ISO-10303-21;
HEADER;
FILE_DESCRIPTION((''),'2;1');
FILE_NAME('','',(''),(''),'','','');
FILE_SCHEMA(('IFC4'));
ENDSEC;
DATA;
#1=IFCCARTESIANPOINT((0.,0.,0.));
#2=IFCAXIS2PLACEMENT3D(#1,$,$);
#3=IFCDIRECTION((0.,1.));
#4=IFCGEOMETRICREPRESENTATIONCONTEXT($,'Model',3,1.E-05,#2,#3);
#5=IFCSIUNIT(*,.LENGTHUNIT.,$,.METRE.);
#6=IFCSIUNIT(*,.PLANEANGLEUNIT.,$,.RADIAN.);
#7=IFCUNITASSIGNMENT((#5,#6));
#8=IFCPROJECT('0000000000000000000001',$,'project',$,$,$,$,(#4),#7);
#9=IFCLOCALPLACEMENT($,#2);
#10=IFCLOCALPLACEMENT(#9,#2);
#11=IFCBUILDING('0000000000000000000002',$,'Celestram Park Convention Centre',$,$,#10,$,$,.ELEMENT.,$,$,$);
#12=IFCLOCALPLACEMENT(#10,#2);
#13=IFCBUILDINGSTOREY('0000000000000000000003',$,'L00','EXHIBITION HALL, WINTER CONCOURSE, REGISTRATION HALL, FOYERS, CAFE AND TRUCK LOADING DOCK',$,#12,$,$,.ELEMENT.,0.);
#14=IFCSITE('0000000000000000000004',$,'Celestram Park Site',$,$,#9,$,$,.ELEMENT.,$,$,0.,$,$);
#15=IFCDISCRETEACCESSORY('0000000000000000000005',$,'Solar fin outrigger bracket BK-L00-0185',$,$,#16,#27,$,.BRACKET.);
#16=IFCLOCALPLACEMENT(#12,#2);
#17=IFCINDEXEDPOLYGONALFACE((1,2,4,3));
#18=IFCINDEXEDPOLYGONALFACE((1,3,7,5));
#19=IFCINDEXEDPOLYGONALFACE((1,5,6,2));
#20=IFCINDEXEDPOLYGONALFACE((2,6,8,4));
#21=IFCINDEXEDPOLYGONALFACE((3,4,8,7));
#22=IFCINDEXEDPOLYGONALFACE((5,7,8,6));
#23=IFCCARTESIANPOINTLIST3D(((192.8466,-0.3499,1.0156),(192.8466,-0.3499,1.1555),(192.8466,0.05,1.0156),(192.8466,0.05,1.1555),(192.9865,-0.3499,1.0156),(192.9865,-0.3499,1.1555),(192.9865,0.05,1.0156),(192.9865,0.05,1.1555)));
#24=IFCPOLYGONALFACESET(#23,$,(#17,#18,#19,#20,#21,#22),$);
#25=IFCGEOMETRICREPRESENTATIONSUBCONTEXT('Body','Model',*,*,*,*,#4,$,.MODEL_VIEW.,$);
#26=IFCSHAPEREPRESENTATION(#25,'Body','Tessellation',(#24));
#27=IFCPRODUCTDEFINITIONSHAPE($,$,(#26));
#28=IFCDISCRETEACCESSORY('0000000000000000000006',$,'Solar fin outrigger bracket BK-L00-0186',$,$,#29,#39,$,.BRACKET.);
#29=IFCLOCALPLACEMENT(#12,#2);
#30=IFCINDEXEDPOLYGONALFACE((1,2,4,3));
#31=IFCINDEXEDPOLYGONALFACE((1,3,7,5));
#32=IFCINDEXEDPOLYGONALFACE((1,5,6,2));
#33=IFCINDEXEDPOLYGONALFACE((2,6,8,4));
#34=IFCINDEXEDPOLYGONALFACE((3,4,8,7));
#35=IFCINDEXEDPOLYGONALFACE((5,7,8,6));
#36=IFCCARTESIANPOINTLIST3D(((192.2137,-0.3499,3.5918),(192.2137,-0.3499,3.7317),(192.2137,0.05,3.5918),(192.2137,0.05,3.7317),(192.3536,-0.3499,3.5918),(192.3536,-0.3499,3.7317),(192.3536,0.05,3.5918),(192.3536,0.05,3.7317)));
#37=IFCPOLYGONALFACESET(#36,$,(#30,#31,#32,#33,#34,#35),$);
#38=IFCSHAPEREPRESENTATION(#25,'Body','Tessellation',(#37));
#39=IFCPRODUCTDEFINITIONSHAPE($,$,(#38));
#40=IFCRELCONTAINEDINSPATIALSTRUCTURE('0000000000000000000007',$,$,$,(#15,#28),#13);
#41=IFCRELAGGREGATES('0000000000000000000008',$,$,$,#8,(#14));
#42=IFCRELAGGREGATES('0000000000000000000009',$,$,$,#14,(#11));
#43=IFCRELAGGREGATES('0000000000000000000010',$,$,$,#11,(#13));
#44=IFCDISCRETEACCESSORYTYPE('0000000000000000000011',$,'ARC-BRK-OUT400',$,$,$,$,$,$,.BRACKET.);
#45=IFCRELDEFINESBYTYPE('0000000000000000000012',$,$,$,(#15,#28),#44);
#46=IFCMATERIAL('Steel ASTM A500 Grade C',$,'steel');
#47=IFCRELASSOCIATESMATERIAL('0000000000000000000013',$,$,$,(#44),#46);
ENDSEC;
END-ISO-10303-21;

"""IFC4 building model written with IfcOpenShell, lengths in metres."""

from ifc_helpers import new_model, si_unit, direction, frame, origin, origin_2d, place, context, subcontext, project, spatial, rectangle, extrude, material, type_object, element, save


model = new_model("IFC4")

# Units and contexts
model_context = context("Model", 3, precision=1e-05, world=origin(), true_north=direction((0.0, 1.0)))
body_context = subcontext(model_context, "Body", "Model", "MODEL_VIEW")
ifc_project = project(units=[si_unit("LENGTHUNIT", "METRE"), si_unit("PLANEANGLEUNIT", "RADIAN")], contexts=[model_context])

# Site, building, storey
site_placement = place(None, origin())
site = spatial("IfcSite", under=ifc_project, at=site_placement, Name="Celestram Park Site", CompositionType="ELEMENT", RefElevation=0.0)
building_placement = place(site_placement, origin())
building = spatial("IfcBuilding", under=site, at=building_placement, Name="Celestram Park Convention Centre", CompositionType="ELEMENT")
storey_placement = place(building_placement, origin())
storey = spatial("IfcBuildingStorey", under=building, at=storey_placement, Name="L00", Description="EXHIBITION HALL, WINTER CONCOURSE, REGISTRATION HALL, FOYERS, CAFE AND TRUCK LOADING DOCK", CompositionType="ELEMENT", Elevation=0.0)

# Discrete accessories
ifc_material_1 = material(Name="Steel ASTM A500 Grade C", Category="steel")
discrete_accessory_type = type_object("IfcDiscreteAccessoryType", Name="ARC-BRK-OUT400", PredefinedType="BRACKET", material=ifc_material_1)
for number, where, z_axis, x_axis, name in (
    (1, (192.9165, -0.1499, 1.0156), (0.0, 0.0, 1.0), (0.0, -1.0, 0.0), "Solar fin outrigger bracket BK-L00-0185"),
    (2, (192.2837, -0.1499, 3.5918), (0.0, 0.0, 1.0), (0.0, -1.0, 0.0), "Solar fin outrigger bracket BK-L00-0186"),
):
    element("IfcDiscreteAccessory", number, at=place(storey_placement, frame(where, z_axis=z_axis, x_axis=x_axis)), inside=storey, type_object=discrete_accessory_type, Name=name, PredefinedType="BRACKET", context=body_context, shape_type="SweptSolid", body=[
        extrude(rectangle(XDim=0.3999, YDim=0.1399, at=origin_2d()), origin(), (0.0, 0.0, 1.0), 0.1399),
    ])

save(model, "model.ifc")
